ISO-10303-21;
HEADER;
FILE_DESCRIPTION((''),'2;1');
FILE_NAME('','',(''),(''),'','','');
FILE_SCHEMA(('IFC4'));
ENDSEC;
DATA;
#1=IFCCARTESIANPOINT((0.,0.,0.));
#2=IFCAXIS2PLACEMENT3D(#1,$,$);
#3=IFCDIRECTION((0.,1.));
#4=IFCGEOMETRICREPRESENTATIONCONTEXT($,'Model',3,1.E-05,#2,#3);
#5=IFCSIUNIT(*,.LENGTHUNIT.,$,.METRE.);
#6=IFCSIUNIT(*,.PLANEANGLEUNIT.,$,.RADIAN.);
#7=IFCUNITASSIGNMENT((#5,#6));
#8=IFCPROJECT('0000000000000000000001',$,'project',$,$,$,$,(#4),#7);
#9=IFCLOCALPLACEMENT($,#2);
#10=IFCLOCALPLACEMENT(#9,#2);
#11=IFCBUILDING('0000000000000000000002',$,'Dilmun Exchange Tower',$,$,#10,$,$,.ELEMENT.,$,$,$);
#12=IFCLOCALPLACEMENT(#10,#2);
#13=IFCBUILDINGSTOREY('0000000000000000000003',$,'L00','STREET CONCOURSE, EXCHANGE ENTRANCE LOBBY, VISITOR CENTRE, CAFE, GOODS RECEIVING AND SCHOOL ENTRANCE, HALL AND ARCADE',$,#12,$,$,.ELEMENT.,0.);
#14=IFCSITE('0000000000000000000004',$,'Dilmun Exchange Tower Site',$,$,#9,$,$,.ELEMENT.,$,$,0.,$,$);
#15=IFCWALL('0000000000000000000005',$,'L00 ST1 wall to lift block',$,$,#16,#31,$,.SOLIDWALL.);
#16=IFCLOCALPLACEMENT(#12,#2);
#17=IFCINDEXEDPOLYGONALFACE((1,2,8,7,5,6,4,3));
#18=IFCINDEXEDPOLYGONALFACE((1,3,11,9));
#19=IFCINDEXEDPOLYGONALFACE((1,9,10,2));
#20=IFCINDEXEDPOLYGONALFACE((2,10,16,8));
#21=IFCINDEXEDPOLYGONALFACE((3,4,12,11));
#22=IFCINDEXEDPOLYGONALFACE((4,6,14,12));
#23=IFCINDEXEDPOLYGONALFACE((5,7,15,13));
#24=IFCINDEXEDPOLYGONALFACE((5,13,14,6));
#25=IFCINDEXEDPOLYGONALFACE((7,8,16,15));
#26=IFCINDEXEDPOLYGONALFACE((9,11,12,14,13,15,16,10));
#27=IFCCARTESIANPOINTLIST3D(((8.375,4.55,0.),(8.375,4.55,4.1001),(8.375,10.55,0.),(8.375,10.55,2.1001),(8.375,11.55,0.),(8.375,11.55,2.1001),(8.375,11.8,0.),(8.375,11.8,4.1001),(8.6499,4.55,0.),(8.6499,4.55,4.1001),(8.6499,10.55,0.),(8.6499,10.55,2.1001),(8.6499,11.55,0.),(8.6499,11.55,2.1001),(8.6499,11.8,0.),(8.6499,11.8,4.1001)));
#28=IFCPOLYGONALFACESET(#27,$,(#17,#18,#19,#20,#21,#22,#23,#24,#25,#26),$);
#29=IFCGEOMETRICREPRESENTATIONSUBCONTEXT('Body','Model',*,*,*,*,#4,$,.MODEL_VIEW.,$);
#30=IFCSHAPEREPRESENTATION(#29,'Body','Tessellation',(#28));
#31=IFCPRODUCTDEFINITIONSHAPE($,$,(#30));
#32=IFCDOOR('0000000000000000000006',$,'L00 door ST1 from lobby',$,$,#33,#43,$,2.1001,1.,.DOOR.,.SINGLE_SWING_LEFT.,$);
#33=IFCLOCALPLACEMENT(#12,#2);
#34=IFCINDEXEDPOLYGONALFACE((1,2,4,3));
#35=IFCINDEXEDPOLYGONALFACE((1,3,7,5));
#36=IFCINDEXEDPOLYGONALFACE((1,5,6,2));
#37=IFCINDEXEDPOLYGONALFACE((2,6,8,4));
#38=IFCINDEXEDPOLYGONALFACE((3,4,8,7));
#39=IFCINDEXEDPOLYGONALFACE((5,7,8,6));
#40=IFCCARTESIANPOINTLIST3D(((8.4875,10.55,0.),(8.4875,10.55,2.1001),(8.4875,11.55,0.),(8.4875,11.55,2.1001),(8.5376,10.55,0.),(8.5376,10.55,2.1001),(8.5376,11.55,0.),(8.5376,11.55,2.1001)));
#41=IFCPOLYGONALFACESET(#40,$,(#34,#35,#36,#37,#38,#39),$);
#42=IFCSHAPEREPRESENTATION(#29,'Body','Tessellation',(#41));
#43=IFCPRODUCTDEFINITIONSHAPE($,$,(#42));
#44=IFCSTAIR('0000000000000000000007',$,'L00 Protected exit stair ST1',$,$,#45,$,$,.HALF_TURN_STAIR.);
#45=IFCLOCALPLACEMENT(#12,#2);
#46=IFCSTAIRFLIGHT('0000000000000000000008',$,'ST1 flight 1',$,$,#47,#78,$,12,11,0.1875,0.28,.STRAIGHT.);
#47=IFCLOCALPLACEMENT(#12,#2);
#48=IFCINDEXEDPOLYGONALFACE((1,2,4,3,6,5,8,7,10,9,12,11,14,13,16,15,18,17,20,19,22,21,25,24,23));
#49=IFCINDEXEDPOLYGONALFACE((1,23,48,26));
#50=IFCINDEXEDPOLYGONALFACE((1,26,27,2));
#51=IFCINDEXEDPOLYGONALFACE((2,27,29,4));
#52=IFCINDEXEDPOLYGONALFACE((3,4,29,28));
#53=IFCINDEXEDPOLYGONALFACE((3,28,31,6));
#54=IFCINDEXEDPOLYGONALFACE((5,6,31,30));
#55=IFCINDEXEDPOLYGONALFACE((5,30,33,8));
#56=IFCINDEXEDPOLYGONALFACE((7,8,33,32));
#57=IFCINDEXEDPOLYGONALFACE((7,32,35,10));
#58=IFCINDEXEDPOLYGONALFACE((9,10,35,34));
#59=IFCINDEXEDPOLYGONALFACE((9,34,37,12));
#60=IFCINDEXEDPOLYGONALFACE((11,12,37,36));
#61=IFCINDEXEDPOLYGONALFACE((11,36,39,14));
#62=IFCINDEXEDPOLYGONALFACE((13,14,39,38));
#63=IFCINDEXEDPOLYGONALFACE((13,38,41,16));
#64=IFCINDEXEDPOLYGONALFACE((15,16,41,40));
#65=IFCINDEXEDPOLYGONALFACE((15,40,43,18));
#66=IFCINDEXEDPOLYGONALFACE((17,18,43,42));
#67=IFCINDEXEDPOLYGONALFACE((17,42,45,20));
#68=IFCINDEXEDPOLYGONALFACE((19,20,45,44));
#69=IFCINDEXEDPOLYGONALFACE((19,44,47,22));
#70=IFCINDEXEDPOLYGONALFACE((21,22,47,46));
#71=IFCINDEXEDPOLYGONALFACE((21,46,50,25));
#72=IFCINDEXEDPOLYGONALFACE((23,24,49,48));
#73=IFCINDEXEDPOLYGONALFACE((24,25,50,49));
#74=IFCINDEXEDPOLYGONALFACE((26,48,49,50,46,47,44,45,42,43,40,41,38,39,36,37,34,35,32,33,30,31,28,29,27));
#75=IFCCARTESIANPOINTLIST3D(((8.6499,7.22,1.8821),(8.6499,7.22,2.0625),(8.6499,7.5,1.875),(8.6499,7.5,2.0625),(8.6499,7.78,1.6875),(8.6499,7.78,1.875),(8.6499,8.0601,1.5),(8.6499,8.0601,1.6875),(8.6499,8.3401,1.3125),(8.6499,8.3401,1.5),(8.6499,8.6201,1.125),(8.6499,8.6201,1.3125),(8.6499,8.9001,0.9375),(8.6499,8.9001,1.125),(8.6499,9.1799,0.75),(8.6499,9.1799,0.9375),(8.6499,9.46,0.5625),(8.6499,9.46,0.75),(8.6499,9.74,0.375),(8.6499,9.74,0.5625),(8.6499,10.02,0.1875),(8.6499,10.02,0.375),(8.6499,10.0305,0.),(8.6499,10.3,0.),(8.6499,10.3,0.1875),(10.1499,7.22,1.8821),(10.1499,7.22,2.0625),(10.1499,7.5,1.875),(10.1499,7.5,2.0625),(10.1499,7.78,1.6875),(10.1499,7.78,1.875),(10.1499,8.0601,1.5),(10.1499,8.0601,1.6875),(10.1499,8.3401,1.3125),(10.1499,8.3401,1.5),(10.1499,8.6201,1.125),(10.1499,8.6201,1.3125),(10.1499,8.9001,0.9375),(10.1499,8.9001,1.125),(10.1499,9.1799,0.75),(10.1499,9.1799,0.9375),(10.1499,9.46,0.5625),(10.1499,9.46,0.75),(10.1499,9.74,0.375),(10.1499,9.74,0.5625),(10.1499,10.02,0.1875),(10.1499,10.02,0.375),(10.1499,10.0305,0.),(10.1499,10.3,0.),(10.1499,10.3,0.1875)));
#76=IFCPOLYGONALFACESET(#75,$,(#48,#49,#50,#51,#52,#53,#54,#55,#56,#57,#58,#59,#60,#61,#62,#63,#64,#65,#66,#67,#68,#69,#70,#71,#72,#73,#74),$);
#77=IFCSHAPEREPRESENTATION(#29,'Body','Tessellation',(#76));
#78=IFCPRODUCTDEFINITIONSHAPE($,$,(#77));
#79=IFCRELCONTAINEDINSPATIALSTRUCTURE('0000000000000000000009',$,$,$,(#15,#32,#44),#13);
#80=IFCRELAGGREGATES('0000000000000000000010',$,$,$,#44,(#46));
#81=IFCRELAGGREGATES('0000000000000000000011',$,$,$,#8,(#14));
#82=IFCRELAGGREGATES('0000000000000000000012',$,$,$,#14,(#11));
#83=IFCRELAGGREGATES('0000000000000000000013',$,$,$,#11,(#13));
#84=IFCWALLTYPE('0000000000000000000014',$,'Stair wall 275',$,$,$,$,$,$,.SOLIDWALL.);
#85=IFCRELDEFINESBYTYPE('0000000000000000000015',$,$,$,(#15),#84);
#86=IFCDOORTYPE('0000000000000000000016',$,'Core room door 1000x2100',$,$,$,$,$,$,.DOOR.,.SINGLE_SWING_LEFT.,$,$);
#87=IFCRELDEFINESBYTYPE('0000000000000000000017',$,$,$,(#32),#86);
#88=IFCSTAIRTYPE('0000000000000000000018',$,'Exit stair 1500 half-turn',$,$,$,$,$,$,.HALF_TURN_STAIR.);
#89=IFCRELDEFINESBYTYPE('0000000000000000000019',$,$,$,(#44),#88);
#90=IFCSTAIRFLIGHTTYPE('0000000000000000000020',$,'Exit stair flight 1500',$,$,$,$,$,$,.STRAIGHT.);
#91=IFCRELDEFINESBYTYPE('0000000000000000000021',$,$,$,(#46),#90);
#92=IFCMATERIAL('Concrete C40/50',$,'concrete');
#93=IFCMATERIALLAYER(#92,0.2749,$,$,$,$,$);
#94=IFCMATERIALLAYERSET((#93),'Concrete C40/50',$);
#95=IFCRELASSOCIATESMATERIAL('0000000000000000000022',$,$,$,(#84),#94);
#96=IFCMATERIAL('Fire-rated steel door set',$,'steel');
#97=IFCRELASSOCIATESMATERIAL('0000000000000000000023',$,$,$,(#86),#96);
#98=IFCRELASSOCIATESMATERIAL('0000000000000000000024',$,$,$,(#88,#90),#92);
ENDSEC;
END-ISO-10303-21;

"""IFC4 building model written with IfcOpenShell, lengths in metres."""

from ifc_helpers import new_model, si_unit, direction, frame, frame_2d, origin, place, context, subcontext, project, spatial, polyline, rectangle, outline, extrude, material, layer, layer_set, type_object, element, fill, aggregate, save


model = new_model("IFC4")

# Units and contexts
model_context = context("Model", 3, precision=1e-05, world=origin(), true_north=direction((0.0, 1.0)))
body_context = subcontext(model_context, "Body", "Model", "MODEL_VIEW")
ifc_project = project(units=[si_unit("LENGTHUNIT", "METRE"), si_unit("PLANEANGLEUNIT", "RADIAN")], contexts=[model_context])

# Site, building, storey
site_placement = place(None, origin())
site = spatial("IfcSite", under=ifc_project, at=site_placement, Name="Dilmun Exchange Tower Site", CompositionType="ELEMENT", RefElevation=0.0)
building_placement = place(site_placement, origin())
building = spatial("IfcBuilding", under=site, at=building_placement, Name="Dilmun Exchange Tower", CompositionType="ELEMENT")
storey_placement = place(building_placement, origin())
storey = spatial("IfcBuildingStorey", under=building, at=storey_placement, Name="L00", Description="STREET CONCOURSE, EXCHANGE ENTRANCE LOBBY, VISITOR CENTRE, CAFE, GOODS RECEIVING AND SCHOOL ENTRANCE, HALL AND ARCADE", CompositionType="ELEMENT", Elevation=0.0)

# Shared definitions
ifc_material_1 = material(Name="Concrete C40/50", Category="concrete")

# Wall, opening, door
ifc_layer_1 = layer(ifc_material_1, 0.2749)
ifc_layer_set_1 = layer_set([ifc_layer_1], Name="Concrete C40/50")
wall_type_1 = type_object("IfcWallType", Name="Stair wall 275", PredefinedType="SOLIDWALL", material=ifc_layer_set_1)
wall_1_placement = place(storey_placement, frame((8.5125, 4.55, 0.0), z_axis=(0.0, 0.0, 1.0), x_axis=(0.0, 1.0, 0.0)))
wall_1 = element("IfcWall", 1, at=wall_1_placement, inside=storey, type_object=wall_type_1, Name="L00 ST1 wall to lift block", PredefinedType="SOLIDWALL", context=body_context, shape_type="SweptSolid", body=[
    extrude(rectangle(XDim=7.25, YDim=0.2749, at=frame_2d((3.625, 0.0))), origin(), (0.0, 0.0, 1.0), 4.1001),
])
opening_placement = place(wall_1_placement, frame((6.0, 0.0, 0.0)))
opening = element("IfcOpeningElement", 2, at=opening_placement, cuts=wall_1, PredefinedType="OPENING", context=body_context, shape_type="SweptSolid", body=[
    extrude(rectangle(XDim=1.0, YDim=2.1001, at=frame_2d((0.5, 1.05))), frame((0.0, 0.1475, 0.0), z_axis=(0.0, -1.0, 0.0), x_axis=(1.0, 0.0, 0.0)), (0.0, 0.0, 1.0), 0.2949),
])
ifc_material_2 = material(Name="Fire-rated steel door set", Category="steel")
door_type = type_object("IfcDoorType", Name="Core room door 1000x2100", OperationType="SINGLE_SWING_LEFT", PredefinedType="DOOR", material=ifc_material_2)
door_placement = place(opening_placement, origin())
door = element("IfcDoor", 3, at=door_placement, inside=storey, type_object=door_type, Name="L00 door ST1 from lobby", OperationType="SINGLE_SWING_LEFT", OverallHeight=2.1001, OverallWidth=1.0, PredefinedType="DOOR", context=body_context, shape_type="SweptSolid", body=[
    extrude(rectangle(XDim=1.0, YDim=2.1001, at=frame_2d((0.5, 1.05))), frame((0.0, 0.0249, 0.0), z_axis=(0.0, -1.0, 0.0), x_axis=(1.0, 0.0, 0.0)), (0.0, 0.0, 1.0), 0.05),
])
fill(opening, door)

# Stair, stair flight
stair_type = type_object("IfcStairType", Name="Exit stair 1500 half-turn", PredefinedType="HALF_TURN_STAIR", material=ifc_material_1)
stair_placement = place(storey_placement, origin())
stair = element("IfcStair", 4, at=stair_placement, inside=storey, type_object=stair_type, Name="L00 Protected exit stair ST1", PredefinedType="HALF_TURN_STAIR")
stair_flight_type = type_object("IfcStairFlightType", Name="Exit stair flight 1500", PredefinedType="STRAIGHT", material=ifc_material_1)
stair_flight_placement = place(storey_placement, frame((9.3999, 10.3, 0.0), z_axis=(0.0, 0.0, 1.0), x_axis=(0.0, -1.0, 0.0)))
stair_flight = element("IfcStairFlight", 5, at=stair_flight_placement, type_object=stair_flight_type, Name="ST1 flight 1", NumberOfRisers=12, NumberOfTreads=11, PredefinedType="STRAIGHT", RiserHeight=0.1875, TreadLength=0.28, context=body_context, shape_type="SweptSolid", body=[
    extrude(outline(polyline([(0.0, 0.0), (0.0, 0.1875), (0.28, 0.1875), (0.28, 0.375), (0.5601, 0.375), (0.5601, 0.5625), (0.8401, 0.5625), (0.8401, 0.75), (1.1201, 0.75), (1.1201, 0.9375), (1.3999, 0.9375), (1.3999, 1.125), (1.6799, 1.125), (1.6799, 1.3125), (1.96, 1.3125), (1.96, 1.5), (2.24, 1.5), (2.24, 1.6875), (2.52, 1.6875), (2.52, 1.875), (2.8, 1.875), (2.8, 2.0625), (3.0801, 2.0625), (3.0801, 2.25), (3.0801, 1.8821), (0.2695, 0.0), (0.0, 0.0)])), frame((0.0, 0.75, 0.0), z_axis=(0.0, -1.0, 0.0), x_axis=(1.0, 0.0, 0.0)), (0.0, 0.0, 1.0), 1.5),
])
aggregate(stair, [stair_flight])

save(model, "model.ifc")
